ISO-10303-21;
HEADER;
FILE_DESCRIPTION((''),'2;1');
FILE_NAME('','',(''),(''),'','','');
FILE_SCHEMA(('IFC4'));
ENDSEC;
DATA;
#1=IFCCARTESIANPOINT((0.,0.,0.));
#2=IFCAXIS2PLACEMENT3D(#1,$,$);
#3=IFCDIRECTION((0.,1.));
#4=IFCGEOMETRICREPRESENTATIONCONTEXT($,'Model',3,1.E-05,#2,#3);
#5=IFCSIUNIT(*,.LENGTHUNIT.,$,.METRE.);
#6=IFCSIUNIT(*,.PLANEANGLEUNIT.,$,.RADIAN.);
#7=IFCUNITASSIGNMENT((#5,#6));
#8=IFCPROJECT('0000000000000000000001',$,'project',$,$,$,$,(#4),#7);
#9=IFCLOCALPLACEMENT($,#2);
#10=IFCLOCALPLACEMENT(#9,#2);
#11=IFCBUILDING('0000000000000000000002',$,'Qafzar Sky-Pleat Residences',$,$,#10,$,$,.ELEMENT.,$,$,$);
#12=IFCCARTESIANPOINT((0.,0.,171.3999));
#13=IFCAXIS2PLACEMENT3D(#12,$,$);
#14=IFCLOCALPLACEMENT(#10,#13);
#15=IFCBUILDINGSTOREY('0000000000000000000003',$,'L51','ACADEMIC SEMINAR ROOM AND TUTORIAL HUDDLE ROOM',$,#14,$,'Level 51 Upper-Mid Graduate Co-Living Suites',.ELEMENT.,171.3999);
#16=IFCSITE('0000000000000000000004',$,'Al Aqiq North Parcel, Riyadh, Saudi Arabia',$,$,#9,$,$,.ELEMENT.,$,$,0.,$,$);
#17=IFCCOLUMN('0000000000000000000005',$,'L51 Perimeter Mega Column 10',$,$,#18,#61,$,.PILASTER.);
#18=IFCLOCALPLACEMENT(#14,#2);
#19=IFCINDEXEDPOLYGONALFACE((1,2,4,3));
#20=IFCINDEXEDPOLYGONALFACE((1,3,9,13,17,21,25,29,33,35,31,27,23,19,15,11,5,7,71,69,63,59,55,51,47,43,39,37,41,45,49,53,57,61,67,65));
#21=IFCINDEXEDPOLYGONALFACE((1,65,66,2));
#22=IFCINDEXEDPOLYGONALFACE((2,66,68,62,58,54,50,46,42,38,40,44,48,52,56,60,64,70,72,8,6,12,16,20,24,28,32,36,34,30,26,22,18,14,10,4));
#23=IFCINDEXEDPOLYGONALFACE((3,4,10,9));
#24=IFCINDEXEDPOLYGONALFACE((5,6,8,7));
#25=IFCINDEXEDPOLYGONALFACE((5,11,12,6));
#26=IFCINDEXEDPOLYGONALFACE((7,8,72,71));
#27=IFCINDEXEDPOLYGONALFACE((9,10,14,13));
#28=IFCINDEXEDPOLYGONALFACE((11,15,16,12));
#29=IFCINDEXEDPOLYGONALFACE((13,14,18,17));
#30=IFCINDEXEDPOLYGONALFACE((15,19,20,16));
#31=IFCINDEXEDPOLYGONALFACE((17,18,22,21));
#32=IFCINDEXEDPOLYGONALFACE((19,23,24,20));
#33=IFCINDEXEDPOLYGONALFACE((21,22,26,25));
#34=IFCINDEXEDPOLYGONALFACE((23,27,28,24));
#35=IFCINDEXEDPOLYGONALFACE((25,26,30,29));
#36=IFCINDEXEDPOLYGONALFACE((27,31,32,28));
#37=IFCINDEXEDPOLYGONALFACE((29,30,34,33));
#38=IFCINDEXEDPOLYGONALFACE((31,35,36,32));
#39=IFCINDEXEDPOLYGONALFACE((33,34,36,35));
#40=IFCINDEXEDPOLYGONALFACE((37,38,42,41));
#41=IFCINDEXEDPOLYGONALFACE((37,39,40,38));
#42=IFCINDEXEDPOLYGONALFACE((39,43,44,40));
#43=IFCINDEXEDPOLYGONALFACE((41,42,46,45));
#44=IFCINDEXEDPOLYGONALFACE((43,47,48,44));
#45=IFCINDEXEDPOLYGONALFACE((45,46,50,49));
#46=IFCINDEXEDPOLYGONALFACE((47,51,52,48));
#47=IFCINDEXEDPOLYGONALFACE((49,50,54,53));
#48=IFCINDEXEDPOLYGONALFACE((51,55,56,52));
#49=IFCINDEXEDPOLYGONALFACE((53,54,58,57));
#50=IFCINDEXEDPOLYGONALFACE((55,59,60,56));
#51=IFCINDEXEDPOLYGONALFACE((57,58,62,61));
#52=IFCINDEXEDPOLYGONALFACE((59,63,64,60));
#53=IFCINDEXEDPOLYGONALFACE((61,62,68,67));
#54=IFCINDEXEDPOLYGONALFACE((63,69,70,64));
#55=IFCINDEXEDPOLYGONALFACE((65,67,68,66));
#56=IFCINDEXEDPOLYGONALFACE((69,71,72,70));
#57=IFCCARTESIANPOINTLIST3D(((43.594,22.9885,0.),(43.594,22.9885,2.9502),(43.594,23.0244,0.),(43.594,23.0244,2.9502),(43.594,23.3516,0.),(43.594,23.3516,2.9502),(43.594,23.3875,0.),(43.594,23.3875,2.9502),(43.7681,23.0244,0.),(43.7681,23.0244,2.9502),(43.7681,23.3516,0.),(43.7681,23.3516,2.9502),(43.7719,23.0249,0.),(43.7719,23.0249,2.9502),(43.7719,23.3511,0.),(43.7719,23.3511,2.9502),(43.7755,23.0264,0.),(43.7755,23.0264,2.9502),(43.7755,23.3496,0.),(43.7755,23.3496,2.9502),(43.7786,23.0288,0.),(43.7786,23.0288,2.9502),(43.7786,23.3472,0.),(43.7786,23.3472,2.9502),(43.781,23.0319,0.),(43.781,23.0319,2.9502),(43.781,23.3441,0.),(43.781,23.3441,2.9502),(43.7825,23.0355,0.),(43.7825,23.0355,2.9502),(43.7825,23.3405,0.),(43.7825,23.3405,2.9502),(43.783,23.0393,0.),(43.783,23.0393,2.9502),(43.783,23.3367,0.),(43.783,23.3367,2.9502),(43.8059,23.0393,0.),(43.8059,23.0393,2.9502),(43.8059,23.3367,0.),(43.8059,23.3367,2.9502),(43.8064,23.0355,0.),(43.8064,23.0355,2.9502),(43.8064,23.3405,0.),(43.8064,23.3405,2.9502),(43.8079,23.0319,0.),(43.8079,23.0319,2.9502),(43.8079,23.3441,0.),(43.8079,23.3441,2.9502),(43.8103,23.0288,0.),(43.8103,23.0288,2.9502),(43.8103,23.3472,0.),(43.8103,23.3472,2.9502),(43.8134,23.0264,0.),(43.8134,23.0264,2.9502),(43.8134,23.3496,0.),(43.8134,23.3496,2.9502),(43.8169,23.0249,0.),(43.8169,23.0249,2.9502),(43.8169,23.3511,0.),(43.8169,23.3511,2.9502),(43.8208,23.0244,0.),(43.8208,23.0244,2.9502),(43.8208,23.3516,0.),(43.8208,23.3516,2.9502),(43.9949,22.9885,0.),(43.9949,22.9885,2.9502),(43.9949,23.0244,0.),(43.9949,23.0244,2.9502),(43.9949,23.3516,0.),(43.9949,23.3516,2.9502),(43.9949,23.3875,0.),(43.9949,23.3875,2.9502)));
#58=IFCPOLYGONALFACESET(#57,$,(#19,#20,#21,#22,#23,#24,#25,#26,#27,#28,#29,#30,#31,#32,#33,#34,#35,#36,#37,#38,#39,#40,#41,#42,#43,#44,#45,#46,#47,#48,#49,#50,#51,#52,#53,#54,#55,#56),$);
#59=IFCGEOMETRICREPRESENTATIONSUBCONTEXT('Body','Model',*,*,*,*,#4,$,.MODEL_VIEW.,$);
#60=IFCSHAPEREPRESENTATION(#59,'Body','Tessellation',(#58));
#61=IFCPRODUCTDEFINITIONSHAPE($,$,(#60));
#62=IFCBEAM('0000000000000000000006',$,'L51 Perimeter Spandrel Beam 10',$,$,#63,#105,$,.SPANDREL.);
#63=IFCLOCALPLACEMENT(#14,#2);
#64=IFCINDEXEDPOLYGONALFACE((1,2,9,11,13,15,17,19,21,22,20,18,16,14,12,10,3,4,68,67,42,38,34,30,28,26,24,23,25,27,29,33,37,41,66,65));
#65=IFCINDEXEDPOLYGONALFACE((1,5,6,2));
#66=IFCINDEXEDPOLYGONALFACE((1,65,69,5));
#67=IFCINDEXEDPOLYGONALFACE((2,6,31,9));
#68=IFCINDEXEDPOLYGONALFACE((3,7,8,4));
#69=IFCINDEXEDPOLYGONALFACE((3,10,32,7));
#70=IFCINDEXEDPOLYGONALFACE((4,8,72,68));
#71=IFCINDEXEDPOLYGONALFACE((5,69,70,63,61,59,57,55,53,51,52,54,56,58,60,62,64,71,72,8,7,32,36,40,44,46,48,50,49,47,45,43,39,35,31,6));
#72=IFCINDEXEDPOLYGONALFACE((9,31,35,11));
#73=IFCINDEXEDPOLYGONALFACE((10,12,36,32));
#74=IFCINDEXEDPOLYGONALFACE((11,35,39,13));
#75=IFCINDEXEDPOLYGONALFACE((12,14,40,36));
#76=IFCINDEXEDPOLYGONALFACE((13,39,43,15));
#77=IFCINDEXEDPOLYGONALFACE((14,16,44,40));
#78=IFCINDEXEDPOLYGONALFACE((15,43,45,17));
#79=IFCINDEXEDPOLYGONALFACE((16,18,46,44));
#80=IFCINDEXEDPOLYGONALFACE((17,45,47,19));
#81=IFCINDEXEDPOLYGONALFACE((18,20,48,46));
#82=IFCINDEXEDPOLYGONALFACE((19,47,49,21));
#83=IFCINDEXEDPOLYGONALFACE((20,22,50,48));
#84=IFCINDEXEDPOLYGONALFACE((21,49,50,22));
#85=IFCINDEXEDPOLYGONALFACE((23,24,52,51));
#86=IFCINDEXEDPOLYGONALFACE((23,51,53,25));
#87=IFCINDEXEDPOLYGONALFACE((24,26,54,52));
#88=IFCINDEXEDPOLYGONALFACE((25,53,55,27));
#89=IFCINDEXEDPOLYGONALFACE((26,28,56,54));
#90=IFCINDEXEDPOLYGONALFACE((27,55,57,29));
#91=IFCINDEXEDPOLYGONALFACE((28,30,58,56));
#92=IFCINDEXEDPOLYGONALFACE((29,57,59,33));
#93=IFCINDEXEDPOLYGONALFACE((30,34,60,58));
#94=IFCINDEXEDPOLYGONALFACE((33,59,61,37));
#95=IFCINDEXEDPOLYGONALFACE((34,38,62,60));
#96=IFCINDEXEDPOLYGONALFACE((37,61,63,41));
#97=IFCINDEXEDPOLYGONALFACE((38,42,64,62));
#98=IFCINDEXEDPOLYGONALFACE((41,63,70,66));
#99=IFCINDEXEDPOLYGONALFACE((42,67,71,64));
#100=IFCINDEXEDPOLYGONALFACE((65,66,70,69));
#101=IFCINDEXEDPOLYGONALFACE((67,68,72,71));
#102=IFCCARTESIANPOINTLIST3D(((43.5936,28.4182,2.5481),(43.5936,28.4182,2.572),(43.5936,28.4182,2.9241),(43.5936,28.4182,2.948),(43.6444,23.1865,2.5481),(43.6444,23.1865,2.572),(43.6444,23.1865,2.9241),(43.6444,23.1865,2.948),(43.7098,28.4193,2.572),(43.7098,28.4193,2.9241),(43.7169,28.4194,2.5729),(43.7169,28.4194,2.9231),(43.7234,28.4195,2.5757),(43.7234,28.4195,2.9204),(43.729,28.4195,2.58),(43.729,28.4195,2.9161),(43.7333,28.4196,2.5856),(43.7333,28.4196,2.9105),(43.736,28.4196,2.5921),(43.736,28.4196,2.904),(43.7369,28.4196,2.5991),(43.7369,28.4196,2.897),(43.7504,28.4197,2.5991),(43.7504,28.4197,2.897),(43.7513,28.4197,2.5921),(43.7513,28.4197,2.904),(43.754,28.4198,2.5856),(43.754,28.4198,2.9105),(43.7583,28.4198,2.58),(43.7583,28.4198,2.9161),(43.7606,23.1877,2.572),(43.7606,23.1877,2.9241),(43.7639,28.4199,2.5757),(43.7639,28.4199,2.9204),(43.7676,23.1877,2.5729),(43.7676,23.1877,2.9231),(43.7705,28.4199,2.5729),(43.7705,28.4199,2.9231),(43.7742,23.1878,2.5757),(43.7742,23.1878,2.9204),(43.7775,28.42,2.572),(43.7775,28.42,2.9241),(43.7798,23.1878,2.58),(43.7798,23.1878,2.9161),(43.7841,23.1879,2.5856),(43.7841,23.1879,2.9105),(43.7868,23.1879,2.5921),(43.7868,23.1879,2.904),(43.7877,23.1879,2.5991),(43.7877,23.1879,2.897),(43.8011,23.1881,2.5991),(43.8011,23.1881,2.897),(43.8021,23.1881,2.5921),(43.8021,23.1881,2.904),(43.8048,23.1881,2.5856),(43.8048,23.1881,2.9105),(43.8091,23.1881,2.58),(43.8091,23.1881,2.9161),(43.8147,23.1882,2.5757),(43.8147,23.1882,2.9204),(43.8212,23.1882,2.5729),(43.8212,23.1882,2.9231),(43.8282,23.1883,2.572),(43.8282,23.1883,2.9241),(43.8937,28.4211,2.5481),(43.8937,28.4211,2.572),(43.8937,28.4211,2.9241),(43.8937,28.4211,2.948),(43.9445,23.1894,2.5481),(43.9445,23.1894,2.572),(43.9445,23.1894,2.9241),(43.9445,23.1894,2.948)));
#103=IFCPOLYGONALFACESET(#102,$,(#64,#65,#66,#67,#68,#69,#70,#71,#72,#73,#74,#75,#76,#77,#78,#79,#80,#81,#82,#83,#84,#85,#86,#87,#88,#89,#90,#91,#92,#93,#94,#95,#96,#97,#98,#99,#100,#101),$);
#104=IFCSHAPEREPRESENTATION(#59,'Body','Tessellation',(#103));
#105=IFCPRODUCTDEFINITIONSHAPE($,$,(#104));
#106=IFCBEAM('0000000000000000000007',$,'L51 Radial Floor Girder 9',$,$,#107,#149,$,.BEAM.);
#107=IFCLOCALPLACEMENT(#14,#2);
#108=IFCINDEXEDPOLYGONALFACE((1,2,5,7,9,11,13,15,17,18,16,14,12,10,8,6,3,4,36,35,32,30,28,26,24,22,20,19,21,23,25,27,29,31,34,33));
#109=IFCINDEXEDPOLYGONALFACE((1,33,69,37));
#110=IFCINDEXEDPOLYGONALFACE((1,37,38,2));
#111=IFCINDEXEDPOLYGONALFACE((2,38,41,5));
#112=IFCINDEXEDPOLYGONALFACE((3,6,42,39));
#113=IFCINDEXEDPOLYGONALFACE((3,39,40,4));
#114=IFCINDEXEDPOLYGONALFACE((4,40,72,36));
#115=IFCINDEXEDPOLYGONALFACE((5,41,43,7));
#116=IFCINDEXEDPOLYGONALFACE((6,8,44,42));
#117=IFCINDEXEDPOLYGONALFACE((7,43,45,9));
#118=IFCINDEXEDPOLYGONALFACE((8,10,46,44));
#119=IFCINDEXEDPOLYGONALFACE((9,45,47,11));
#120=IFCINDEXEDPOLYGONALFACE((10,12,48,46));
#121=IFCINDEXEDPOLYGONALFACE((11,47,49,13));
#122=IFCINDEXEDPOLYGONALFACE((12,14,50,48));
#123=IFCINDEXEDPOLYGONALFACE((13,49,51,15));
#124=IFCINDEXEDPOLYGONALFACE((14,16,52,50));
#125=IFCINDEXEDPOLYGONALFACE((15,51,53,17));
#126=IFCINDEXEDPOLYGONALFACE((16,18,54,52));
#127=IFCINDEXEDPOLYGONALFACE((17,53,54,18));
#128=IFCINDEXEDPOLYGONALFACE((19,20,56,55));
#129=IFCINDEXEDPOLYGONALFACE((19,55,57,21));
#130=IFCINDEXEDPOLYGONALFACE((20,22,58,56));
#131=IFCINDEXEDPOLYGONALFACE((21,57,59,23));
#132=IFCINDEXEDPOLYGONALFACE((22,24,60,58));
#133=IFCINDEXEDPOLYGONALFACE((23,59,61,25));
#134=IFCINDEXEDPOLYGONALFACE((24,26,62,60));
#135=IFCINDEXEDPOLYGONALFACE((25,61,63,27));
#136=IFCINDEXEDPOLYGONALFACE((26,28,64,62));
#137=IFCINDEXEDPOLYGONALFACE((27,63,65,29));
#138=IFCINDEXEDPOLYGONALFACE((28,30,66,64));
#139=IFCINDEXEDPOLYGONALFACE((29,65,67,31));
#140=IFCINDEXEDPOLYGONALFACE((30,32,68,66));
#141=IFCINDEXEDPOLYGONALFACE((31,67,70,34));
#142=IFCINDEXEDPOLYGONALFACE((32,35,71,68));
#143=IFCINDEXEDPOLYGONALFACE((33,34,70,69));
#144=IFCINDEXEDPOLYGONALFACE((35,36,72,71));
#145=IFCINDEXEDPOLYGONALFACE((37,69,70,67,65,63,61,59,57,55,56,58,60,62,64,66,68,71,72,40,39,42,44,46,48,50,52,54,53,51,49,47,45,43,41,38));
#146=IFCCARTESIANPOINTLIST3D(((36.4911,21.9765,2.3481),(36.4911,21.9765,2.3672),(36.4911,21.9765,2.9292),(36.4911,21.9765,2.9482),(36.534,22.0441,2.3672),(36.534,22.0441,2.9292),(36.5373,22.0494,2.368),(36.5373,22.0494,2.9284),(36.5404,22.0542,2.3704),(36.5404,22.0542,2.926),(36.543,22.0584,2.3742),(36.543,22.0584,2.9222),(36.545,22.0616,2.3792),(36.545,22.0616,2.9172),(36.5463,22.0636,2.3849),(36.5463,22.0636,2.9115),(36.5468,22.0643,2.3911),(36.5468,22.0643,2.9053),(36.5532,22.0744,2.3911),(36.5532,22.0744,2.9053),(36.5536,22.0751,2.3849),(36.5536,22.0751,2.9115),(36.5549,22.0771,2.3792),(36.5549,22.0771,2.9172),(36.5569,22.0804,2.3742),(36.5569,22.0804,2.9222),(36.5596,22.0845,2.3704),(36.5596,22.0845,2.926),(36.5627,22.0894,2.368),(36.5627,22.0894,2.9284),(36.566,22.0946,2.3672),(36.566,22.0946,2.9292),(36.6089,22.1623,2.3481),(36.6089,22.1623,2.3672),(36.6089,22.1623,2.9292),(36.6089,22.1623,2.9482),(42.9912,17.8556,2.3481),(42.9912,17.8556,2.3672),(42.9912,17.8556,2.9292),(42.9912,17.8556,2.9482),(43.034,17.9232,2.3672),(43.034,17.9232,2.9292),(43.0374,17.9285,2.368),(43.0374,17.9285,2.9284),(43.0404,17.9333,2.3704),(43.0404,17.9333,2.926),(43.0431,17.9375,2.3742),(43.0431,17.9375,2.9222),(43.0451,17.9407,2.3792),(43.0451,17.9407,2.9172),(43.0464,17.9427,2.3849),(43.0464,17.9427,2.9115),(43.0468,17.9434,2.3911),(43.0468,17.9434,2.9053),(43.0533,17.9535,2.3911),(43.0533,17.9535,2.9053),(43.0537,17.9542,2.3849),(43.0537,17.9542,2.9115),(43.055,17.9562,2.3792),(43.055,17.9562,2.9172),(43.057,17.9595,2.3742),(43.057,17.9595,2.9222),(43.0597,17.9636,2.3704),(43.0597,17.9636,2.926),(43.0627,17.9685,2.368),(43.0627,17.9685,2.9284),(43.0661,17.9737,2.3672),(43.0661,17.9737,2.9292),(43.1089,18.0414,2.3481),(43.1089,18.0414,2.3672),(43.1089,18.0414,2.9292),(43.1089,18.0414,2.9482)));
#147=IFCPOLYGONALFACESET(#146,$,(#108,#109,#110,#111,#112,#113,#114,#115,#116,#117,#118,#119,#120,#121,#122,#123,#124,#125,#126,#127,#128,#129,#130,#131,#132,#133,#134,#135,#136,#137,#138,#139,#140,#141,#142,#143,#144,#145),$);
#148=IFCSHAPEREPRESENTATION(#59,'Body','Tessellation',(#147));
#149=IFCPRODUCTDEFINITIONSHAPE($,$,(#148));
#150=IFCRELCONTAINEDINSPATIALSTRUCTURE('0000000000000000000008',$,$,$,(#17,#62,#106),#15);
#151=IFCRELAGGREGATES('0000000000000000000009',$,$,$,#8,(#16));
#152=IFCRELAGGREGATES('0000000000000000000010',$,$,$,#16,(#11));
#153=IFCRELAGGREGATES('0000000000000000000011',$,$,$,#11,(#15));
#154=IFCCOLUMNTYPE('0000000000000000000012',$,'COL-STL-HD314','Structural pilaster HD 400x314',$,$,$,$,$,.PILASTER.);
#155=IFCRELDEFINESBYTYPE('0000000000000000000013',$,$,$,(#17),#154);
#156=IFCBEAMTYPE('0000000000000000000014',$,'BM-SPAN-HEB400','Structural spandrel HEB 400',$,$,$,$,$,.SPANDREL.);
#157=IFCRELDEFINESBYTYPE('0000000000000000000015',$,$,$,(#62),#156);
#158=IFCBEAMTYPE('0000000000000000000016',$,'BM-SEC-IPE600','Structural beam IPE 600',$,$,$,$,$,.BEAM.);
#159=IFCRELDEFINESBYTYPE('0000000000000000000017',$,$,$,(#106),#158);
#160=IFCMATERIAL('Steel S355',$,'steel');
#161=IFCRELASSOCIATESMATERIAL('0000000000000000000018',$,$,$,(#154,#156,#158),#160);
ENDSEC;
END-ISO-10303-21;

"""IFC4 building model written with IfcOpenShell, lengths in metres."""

from ifc_helpers import new_model, si_unit, direction, frame, origin, origin_2d, place, context, subcontext, project, spatial, i_section, extrude, source, transform, mapped, material, material_profile, profile_set, type_object, element, save


model = new_model("IFC4")

# Units and contexts
model_context = context("Model", 3, precision=1e-05, world=origin(), true_north=direction((0.0, 1.0)))
body_context = subcontext(model_context, "Body", "Model", "MODEL_VIEW")
ifc_project = project(units=[si_unit("LENGTHUNIT", "METRE"), si_unit("PLANEANGLEUNIT", "RADIAN")], contexts=[model_context])

# Site, building, storey
site_placement = place(None, origin())
site = spatial("IfcSite", under=ifc_project, at=site_placement, Name="Al Aqiq North Parcel, Riyadh, Saudi Arabia", CompositionType="ELEMENT", RefElevation=0.0)
building_placement = place(site_placement, origin())
building = spatial("IfcBuilding", under=site, at=building_placement, Name="Qafzar Sky-Pleat Residences", CompositionType="ELEMENT")
storey_placement = place(building_placement, frame((0.0, 0.0, 171.3999)))
storey = spatial("IfcBuildingStorey", under=building, at=storey_placement, Name="L51", Description="ACADEMIC SEMINAR ROOM AND TUTORIAL HUDDLE ROOM", LongName="Level 51 Upper-Mid Graduate Co-Living Suites", CompositionType="ELEMENT", Elevation=171.3999)

# Column
ifc_material_1 = material(Name="Steel S355", Category="steel")
ifc_material_profile_1 = material_profile(ifc_material_1, i_section(OverallWidth=0.4009, OverallDepth=0.3989, WebThickness=0.0229, FlangeThickness=0.0359, FilletRadius=0.0149, at=origin_2d()), Name="HD 400x314")
ifc_profile_set_1 = profile_set([ifc_material_profile_1], Name="Steel S355")
column_type = type_object("IfcColumnType", Name="COL-STL-HD314", Description="Structural pilaster HD 400x314", PredefinedType="PILASTER", material=ifc_profile_set_1)
shared_shape_1 = source(origin(), body_context, "Body", "SweptSolid", [
    extrude(i_section(OverallWidth=0.4009, OverallDepth=0.3989, WebThickness=0.0229, FlangeThickness=0.0359, FilletRadius=0.0149, at=origin_2d()), origin(), (0.0, 0.0, 1.0), 2.9502),
])
column_placement = place(storey_placement, frame((43.7944, 23.188, 0.0), z_axis=(0.0, 0.0, 1.0), x_axis=(1.0, 0.0, 0.0)))
element("IfcColumn", 1, at=column_placement, inside=storey, type_object=column_type, Name="L51 Perimeter Mega Column 10", PredefinedType="PILASTER", context=body_context, shape_type="MappedRepresentation", body=[
    mapped(shared_shape_1, transform((0.0, 0.0, 0.0), x_axis=(1.0, 0.0, 0.0), y_axis=(0.0, 1.0, 0.0), z_axis=(0.0, 0.0, 1.0), scale=1.0)),
])

# Beams
ifc_material_profile_2 = material_profile(ifc_material_1, i_section(OverallWidth=0.3, OverallDepth=0.3999, WebThickness=0.0134, FlangeThickness=0.0239, FilletRadius=0.0271, at=origin_2d()), Name="HEB 400")
ifc_profile_set_2 = profile_set([ifc_material_profile_2], Name="Steel S355")
beam_type_1 = type_object("IfcBeamType", Name="BM-SPAN-HEB400", Description="Structural spandrel HEB 400", PredefinedType="SPANDREL", material=ifc_profile_set_2)
shared_shape_2 = source(origin(), body_context, "Body", "SweptSolid", [
    extrude(i_section(OverallWidth=0.3, OverallDepth=0.3999, WebThickness=0.0134, FlangeThickness=0.0239, FilletRadius=0.0271, at=origin_2d()), origin(), (0.0, 0.0, 1.0), 5.2319),
])
beam_1_placement = place(storey_placement, frame((43.7944, 23.188, 2.748), z_axis=(-0.009706, 0.999953, 0.0), x_axis=(-0.999953, -0.009706, 0.0)))
element("IfcBeam", 2, at=beam_1_placement, inside=storey, type_object=beam_type_1, Name="L51 Perimeter Spandrel Beam 10", PredefinedType="SPANDREL", context=body_context, shape_type="MappedRepresentation", body=[
    mapped(shared_shape_2, transform((0.0, 0.0, 0.0), x_axis=(1.0, 0.0, 0.0), y_axis=(0.0, 1.0, 0.0), z_axis=(0.0, 0.0, 1.0), scale=1.0)),
])
ifc_material_profile_3 = material_profile(ifc_material_1, i_section(OverallWidth=0.22, OverallDepth=0.6001, WebThickness=0.012, FlangeThickness=0.019, FilletRadius=0.0239, at=origin_2d()), Name="IPE 600")
ifc_profile_set_3 = profile_set([ifc_material_profile_3], Name="Steel S355")
beam_type_2 = type_object("IfcBeamType", Name="BM-SEC-IPE600", Description="Structural beam IPE 600", PredefinedType="BEAM", material=ifc_profile_set_3)
shared_shape_3 = source(origin(), body_context, "Body", "SweptSolid", [
    extrude(i_section(OverallWidth=0.22, OverallDepth=0.6001, WebThickness=0.012, FlangeThickness=0.019, FilletRadius=0.0239, at=origin_2d()), origin(), (0.0, 0.0, 1.0), 7.6963),
])
beam_2_placement = place(storey_placement, frame((43.05, 17.9485, 2.6482), z_axis=(-0.844573, 0.53544, 0.0), x_axis=(-0.53544, -0.844573, 0.0)))
element("IfcBeam", 3, at=beam_2_placement, inside=storey, type_object=beam_type_2, Name="L51 Radial Floor Girder 9", PredefinedType="BEAM", context=body_context, shape_type="MappedRepresentation", body=[
    mapped(shared_shape_3, transform((0.0, 0.0, 0.0), x_axis=(1.0, 0.0, 0.0), y_axis=(0.0, 1.0, 0.0), z_axis=(0.0, 0.0, 1.0), scale=1.0)),
])

save(model, "model.ifc")
